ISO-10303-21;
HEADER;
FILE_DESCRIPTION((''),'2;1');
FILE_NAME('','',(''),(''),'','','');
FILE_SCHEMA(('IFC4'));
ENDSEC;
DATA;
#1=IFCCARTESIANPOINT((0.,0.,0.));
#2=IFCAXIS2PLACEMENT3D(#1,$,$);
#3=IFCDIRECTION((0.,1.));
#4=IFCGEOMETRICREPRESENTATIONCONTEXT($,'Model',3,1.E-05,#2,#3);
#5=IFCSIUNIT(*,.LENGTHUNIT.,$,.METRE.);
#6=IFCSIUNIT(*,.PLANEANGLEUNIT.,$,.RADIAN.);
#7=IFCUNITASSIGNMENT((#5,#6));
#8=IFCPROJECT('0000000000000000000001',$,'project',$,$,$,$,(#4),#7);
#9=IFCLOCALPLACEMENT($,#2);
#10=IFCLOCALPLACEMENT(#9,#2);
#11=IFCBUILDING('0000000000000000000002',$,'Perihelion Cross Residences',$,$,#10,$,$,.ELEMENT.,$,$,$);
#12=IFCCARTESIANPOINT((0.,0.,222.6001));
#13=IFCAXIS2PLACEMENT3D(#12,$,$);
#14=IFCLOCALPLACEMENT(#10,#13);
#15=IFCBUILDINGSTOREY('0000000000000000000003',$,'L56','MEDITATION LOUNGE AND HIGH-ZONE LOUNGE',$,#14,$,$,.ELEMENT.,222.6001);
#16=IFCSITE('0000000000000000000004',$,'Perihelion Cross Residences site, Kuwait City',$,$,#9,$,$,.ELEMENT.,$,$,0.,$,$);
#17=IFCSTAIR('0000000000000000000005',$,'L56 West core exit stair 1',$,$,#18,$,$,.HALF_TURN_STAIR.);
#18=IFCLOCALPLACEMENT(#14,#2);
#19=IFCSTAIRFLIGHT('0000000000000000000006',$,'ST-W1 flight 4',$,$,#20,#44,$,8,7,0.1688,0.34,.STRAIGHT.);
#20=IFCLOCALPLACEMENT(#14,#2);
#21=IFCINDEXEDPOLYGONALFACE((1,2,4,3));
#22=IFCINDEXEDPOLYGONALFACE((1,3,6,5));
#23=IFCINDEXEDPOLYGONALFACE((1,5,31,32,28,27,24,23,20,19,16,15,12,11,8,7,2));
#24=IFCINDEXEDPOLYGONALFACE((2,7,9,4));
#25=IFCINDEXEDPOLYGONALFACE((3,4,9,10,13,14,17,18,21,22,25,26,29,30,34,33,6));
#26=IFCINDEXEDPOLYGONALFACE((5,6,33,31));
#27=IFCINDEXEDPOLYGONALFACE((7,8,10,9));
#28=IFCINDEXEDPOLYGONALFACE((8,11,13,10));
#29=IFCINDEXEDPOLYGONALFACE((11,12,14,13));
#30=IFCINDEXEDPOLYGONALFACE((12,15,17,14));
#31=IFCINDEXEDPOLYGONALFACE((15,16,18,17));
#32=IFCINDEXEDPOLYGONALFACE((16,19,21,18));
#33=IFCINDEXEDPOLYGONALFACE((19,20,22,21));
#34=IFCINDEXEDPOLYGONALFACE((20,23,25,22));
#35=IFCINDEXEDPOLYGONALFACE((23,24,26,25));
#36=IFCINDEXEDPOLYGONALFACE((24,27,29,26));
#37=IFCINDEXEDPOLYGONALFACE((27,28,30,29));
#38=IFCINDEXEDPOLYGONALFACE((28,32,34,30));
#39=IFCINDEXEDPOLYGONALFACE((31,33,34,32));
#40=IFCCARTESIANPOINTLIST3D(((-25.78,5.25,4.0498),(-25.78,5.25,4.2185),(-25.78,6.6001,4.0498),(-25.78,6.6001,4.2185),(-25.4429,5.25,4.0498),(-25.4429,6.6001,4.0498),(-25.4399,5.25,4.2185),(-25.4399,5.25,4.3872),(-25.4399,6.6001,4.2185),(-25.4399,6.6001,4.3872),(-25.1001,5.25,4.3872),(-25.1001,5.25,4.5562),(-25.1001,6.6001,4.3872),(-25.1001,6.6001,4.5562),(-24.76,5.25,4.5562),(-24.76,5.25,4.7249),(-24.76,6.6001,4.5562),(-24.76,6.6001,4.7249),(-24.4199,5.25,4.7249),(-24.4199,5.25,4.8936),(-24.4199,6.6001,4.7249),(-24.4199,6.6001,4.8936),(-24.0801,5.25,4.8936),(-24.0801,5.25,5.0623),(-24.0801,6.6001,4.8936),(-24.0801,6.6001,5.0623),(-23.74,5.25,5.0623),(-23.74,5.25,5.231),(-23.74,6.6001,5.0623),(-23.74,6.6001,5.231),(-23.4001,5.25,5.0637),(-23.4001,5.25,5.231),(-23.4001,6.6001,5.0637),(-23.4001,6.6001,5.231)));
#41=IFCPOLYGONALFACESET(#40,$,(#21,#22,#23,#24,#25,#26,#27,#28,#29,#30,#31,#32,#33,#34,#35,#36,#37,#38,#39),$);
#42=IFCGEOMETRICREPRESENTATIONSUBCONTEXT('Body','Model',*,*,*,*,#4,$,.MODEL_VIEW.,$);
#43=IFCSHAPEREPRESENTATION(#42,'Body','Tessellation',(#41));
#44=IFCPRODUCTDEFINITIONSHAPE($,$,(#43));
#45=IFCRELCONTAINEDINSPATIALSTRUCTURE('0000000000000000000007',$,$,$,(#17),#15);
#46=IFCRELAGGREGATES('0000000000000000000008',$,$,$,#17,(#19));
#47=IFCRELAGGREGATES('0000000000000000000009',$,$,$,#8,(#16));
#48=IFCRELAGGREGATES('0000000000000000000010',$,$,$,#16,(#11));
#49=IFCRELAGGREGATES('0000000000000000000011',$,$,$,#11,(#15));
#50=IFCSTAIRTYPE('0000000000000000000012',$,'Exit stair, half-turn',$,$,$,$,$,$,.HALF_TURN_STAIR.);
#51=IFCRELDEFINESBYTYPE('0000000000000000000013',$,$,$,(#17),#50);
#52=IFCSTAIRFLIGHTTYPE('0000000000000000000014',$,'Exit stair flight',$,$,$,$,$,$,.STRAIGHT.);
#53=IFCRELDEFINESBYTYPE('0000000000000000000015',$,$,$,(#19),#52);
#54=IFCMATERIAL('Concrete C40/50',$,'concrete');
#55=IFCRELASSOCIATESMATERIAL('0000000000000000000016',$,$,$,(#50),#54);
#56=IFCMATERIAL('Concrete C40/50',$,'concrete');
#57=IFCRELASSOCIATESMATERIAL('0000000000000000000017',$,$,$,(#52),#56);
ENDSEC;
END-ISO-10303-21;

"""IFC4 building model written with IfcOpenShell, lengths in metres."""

from ifc_helpers import new_model, si_unit, direction, frame, origin, place, context, subcontext, project, spatial, polyline, outline, extrude, material, type_object, element, aggregate, save


model = new_model("IFC4")

# Units and contexts
model_context = context("Model", 3, precision=1e-05, world=origin(), true_north=direction((0.0, 1.0)))
body_context = subcontext(model_context, "Body", "Model", "MODEL_VIEW")
ifc_project = project(units=[si_unit("LENGTHUNIT", "METRE"), si_unit("PLANEANGLEUNIT", "RADIAN")], contexts=[model_context])

# Site, building, storey
site_placement = place(None, origin())
site = spatial("IfcSite", under=ifc_project, at=site_placement, Name="Perihelion Cross Residences site, Kuwait City", CompositionType="ELEMENT", RefElevation=0.0)
building_placement = place(site_placement, origin())
building = spatial("IfcBuilding", under=site, at=building_placement, Name="Perihelion Cross Residences", CompositionType="ELEMENT")
storey_placement = place(building_placement, frame((0.0, 0.0, 222.6001)))
storey = spatial("IfcBuildingStorey", under=building, at=storey_placement, Name="L56", Description="MEDITATION LOUNGE AND HIGH-ZONE LOUNGE", CompositionType="ELEMENT", Elevation=222.6001)

# Stair, stair flight
ifc_material_1 = material(Name="Concrete C40/50", Category="concrete")
stair_type = type_object("IfcStairType", Name="Exit stair, half-turn", PredefinedType="HALF_TURN_STAIR", material=ifc_material_1)
stair_placement = place(storey_placement, origin())
stair = element("IfcStair", 1, at=stair_placement, inside=storey, type_object=stair_type, Name="L56 West core exit stair 1", PredefinedType="HALF_TURN_STAIR")
ifc_material_2 = material(Name="Concrete C40/50", Category="concrete")
stair_flight_type = type_object("IfcStairFlightType", Name="Exit stair flight", PredefinedType="STRAIGHT", material=ifc_material_2)
stair_flight_1_placement = place(storey_placement, frame((-25.78, 5.925, 4.0498), z_axis=(0.0, 0.0, 1.0), x_axis=(1.0, 0.0, 0.0)))
stair_flight_1 = element("IfcStairFlight", 2, at=stair_flight_1_placement, type_object=stair_flight_type, Name="ST-W1 flight 4", NumberOfRisers=8, NumberOfTreads=7, PredefinedType="STRAIGHT", RiserHeight=0.1688, TreadLength=0.34, context=body_context, shape_type="SweptSolid", body=[
    extrude(outline(polyline([(0.0, 0.0), (0.0, 0.1687), (0.3401, 0.1687), (0.3401, 0.3374), (0.6799, 0.3374), (0.6799, 0.5063), (1.02, 0.5063), (1.02, 0.675), (1.3601, 0.675), (1.3601, 0.8438), (1.7, 0.8438), (1.7, 1.0125), (2.04, 1.0125), (2.04, 1.1812), (2.3799, 1.1812), (2.3799, 1.3501), (2.3799, 1.0139), (0.3372, 0.0), (0.0, 0.0)])), frame((0.0, 0.675, 0.0), z_axis=(0.0, -1.0, 0.0), x_axis=(1.0, 0.0, 0.0)), (0.0, 0.0, 1.0), 1.3501),
])
aggregate(stair, [stair_flight_1])

save(model, "model.ifc")
